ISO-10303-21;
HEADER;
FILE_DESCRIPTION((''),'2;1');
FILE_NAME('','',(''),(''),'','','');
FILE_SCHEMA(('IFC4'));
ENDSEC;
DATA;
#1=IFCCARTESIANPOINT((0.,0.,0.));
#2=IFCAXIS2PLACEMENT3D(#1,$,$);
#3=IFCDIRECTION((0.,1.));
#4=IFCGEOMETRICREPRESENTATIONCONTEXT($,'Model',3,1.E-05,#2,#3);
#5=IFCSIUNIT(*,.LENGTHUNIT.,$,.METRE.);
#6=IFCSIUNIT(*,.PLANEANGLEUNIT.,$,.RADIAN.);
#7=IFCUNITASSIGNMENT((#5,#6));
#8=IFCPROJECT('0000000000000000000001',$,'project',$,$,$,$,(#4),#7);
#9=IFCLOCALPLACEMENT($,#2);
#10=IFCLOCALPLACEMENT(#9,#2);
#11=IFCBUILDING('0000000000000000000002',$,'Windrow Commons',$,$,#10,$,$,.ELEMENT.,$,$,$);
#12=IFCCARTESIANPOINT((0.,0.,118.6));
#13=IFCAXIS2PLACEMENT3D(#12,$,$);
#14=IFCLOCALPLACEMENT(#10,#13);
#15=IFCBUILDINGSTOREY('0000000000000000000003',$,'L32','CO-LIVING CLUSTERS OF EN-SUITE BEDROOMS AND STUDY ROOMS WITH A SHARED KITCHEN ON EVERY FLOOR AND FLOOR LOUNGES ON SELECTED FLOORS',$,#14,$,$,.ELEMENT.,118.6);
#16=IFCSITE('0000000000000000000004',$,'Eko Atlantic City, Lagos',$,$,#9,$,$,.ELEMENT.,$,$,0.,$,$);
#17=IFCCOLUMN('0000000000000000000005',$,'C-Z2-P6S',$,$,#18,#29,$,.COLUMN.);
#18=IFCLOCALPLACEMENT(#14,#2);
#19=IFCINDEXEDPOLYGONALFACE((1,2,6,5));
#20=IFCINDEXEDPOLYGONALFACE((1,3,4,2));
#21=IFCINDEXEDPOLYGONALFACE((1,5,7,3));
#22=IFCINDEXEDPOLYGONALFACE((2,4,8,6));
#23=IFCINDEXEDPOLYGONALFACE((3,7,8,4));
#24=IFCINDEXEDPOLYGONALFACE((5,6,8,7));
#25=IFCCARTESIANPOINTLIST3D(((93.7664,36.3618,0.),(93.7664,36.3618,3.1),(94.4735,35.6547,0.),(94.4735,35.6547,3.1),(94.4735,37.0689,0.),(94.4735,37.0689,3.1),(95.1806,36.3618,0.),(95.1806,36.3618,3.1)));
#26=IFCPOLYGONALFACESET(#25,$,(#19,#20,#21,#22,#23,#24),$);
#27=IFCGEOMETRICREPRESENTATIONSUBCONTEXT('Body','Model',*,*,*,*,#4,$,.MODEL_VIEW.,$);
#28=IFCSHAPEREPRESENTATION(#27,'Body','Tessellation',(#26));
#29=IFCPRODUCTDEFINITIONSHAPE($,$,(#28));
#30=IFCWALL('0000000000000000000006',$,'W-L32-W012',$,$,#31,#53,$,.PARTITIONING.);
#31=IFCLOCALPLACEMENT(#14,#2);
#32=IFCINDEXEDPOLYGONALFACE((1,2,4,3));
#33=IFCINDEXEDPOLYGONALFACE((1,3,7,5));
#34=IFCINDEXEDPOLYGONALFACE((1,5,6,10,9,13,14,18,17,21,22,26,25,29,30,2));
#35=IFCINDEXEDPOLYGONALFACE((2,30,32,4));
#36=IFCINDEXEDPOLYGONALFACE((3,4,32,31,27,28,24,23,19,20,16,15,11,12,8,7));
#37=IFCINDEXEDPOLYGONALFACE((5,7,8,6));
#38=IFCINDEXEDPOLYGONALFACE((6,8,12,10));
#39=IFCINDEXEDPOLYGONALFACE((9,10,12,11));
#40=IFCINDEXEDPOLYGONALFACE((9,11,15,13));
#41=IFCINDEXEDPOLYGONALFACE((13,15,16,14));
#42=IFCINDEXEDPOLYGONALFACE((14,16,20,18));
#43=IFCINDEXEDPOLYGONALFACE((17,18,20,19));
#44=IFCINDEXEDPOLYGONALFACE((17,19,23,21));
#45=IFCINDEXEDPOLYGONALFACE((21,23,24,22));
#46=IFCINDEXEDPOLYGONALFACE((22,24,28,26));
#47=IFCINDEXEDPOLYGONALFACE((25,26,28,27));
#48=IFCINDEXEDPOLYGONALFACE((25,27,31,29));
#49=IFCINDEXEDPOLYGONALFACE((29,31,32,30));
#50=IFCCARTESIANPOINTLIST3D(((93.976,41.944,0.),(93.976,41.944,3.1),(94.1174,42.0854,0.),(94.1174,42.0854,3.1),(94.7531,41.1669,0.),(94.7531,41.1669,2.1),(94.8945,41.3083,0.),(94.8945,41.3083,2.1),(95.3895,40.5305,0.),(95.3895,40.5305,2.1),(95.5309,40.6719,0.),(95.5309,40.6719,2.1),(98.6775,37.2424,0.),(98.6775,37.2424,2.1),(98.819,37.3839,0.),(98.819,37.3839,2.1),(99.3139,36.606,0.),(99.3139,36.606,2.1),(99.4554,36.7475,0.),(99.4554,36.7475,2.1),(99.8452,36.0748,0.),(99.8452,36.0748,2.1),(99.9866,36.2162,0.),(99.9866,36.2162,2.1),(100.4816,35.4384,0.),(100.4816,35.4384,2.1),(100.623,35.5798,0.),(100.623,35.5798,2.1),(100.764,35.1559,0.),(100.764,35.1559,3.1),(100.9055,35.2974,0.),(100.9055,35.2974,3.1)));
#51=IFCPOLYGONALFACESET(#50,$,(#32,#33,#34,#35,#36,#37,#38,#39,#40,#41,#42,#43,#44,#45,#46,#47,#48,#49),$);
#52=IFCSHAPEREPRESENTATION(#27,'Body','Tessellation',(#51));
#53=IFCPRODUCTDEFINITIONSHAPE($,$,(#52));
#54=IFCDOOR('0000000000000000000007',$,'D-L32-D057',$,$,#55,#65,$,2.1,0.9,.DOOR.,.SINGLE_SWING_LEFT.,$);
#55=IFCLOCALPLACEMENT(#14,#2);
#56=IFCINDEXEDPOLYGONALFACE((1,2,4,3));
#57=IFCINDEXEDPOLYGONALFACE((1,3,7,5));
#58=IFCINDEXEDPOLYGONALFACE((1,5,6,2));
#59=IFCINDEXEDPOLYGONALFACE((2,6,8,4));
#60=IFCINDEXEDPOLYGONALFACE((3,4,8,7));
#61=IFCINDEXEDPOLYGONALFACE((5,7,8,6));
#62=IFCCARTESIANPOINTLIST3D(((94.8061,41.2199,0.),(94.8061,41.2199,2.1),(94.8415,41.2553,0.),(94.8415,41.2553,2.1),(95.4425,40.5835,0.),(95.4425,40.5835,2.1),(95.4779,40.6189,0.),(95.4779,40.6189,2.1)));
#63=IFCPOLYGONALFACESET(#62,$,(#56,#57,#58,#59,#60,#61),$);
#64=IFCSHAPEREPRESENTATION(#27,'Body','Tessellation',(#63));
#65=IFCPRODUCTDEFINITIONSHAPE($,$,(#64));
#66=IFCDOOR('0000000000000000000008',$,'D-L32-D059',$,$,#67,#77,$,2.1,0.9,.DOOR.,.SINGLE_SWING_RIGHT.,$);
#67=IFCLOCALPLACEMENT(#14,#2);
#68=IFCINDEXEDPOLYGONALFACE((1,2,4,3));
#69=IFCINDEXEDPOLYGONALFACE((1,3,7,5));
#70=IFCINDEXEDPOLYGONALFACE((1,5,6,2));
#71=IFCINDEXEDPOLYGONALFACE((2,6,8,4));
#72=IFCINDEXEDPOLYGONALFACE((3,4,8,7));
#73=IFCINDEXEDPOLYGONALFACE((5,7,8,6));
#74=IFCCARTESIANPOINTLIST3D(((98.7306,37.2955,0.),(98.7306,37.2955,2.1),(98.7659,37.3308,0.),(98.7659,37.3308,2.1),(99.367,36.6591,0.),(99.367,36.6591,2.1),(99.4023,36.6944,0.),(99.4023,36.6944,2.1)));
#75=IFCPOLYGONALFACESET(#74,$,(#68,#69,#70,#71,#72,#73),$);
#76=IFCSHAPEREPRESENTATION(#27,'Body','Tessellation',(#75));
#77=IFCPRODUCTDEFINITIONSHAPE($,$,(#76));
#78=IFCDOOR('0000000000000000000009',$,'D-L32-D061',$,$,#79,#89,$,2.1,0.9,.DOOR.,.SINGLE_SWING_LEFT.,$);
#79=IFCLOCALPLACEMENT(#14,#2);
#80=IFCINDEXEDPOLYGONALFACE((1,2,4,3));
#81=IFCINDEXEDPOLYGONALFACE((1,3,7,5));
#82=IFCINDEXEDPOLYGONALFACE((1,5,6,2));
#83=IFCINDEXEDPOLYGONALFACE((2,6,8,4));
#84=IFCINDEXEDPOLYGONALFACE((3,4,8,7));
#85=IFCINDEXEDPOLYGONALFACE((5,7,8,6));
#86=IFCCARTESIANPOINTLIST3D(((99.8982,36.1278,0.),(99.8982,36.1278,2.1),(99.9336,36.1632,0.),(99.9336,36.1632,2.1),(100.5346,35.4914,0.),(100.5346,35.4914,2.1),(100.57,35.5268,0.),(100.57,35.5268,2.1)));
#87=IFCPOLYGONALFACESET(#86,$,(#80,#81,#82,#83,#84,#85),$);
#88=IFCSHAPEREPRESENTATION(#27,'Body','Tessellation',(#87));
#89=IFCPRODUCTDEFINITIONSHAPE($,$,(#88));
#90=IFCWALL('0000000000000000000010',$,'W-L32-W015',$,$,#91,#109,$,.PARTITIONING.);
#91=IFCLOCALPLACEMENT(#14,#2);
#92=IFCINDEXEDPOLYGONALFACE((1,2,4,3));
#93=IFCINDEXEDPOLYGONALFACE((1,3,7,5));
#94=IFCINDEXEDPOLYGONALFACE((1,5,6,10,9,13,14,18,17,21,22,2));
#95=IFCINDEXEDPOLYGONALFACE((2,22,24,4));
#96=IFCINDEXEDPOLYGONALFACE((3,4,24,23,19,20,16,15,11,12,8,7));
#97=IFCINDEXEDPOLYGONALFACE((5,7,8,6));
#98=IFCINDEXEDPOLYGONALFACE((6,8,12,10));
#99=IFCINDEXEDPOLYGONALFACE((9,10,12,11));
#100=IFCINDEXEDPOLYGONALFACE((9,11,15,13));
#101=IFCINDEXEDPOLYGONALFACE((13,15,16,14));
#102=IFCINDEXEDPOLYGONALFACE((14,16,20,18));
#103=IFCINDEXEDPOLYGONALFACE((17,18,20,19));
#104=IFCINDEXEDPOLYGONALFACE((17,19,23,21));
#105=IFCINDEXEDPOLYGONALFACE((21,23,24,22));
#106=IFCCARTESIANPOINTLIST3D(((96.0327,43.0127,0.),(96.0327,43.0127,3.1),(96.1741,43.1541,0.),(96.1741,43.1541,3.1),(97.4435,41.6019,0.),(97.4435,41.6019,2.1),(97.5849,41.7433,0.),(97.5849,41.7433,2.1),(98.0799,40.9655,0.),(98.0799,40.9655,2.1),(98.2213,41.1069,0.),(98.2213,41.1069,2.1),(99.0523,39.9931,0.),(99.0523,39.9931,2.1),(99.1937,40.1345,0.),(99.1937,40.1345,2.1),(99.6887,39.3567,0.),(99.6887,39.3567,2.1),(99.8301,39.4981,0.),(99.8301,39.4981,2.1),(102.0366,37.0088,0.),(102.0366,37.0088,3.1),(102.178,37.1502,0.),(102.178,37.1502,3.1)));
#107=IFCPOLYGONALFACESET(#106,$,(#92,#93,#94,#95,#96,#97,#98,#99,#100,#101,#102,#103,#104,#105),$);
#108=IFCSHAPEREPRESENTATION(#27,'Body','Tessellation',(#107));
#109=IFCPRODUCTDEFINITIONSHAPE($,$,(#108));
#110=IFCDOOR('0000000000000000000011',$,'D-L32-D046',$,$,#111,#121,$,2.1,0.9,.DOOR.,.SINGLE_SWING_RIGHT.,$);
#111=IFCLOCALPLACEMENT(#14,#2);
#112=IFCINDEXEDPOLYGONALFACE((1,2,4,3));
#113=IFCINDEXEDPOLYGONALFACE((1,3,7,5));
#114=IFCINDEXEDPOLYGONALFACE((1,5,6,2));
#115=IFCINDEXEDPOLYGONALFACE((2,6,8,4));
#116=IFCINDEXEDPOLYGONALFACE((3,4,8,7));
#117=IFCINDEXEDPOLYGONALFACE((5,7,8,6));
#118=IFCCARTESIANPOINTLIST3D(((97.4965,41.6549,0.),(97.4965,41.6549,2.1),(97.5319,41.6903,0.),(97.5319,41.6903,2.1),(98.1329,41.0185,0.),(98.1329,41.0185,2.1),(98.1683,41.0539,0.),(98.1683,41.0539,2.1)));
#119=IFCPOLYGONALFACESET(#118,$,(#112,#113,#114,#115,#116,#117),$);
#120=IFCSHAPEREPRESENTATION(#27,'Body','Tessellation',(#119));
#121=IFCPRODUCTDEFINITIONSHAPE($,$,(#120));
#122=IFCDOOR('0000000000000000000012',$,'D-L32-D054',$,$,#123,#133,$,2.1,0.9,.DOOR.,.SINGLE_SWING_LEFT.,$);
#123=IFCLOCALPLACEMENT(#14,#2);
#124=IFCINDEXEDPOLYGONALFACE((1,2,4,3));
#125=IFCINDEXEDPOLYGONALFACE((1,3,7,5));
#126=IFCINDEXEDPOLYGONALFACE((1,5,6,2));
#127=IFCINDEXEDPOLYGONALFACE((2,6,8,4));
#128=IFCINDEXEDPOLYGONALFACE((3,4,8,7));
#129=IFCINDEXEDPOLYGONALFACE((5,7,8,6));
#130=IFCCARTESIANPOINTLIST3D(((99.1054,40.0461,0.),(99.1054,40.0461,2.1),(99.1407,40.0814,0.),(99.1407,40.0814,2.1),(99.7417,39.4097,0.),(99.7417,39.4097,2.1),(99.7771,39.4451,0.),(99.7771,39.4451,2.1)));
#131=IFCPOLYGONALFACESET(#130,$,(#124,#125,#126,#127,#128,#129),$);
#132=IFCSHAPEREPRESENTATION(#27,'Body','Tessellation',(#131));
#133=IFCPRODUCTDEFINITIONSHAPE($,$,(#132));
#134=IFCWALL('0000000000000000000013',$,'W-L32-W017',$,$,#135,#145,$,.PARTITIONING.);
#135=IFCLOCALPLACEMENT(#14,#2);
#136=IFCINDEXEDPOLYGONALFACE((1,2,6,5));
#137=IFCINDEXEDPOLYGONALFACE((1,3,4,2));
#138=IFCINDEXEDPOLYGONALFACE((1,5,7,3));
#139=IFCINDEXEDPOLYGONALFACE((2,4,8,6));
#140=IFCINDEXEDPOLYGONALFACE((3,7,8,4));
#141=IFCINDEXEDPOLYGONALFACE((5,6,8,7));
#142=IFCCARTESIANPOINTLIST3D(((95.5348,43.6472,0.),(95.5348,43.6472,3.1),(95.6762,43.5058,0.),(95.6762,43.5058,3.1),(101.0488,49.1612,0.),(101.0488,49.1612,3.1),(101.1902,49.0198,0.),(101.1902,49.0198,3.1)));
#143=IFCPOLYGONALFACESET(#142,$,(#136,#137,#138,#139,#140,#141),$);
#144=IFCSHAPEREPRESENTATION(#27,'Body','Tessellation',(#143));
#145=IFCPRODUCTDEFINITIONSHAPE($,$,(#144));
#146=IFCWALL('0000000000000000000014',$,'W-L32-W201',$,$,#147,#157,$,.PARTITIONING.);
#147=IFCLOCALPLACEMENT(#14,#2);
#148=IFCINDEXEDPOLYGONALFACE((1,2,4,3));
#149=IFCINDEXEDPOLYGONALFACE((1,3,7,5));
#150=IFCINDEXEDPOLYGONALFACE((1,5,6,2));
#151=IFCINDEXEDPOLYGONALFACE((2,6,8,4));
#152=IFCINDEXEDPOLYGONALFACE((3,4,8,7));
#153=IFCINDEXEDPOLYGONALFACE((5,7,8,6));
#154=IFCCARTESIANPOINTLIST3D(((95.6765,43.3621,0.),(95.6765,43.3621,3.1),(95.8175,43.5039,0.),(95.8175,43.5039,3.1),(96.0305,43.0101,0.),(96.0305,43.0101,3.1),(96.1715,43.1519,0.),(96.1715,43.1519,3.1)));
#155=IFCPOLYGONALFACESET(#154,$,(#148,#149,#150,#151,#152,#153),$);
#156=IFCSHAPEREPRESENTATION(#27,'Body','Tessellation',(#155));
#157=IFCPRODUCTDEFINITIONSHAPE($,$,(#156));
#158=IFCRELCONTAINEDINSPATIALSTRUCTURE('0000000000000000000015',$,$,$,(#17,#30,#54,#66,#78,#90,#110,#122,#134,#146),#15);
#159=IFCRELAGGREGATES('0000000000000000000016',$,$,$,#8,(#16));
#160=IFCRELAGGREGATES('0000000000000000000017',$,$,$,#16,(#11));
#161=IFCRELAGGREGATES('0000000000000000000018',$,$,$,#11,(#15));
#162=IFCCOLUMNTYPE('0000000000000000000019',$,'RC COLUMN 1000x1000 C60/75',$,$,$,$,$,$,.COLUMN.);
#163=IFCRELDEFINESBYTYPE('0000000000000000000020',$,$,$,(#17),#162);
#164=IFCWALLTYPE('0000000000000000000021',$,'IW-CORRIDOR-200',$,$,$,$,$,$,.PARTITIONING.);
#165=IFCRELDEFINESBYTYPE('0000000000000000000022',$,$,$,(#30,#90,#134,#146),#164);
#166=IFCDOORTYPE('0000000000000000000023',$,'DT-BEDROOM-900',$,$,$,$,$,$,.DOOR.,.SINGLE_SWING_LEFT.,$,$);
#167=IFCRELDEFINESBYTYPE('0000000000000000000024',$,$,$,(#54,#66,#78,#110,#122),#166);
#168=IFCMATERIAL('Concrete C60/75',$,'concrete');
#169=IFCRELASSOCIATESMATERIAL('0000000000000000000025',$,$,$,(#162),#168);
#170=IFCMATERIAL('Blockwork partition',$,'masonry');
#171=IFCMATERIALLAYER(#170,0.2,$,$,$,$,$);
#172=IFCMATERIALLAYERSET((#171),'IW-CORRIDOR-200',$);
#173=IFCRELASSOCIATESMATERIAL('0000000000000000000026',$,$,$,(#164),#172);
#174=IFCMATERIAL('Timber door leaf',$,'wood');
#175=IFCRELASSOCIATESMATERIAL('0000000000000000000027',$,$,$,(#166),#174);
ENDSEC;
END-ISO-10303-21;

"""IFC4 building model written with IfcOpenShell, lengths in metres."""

from ifc_helpers import new_model, si_unit, direction, frame, frame_2d, origin, origin_2d, place, context, subcontext, project, spatial, rectangle, extrude, material, layer, layer_set, material_profile, profile_set, type_object, element, fill, save


model = new_model("IFC4")

# Units and contexts
model_context = context("Model", 3, precision=1e-05, world=origin(), true_north=direction((0.0, 1.0)))
body_context = subcontext(model_context, "Body", "Model", "MODEL_VIEW")
ifc_project = project(units=[si_unit("LENGTHUNIT", "METRE"), si_unit("PLANEANGLEUNIT", "RADIAN")], contexts=[model_context])

# Site, building, storey
site_placement = place(None, origin())
site = spatial("IfcSite", under=ifc_project, at=site_placement, Name="Eko Atlantic City, Lagos", CompositionType="ELEMENT", RefElevation=0.0)
building_placement = place(site_placement, origin())
building = spatial("IfcBuilding", under=site, at=building_placement, Name="Windrow Commons", CompositionType="ELEMENT")
storey_placement = place(building_placement, frame((0.0, 0.0, 118.6)))
storey = spatial("IfcBuildingStorey", under=building, at=storey_placement, Name="L32", Description="CO-LIVING CLUSTERS OF EN-SUITE BEDROOMS AND STUDY ROOMS WITH A SHARED KITCHEN ON EVERY FLOOR AND FLOOR LOUNGES ON SELECTED FLOORS", CompositionType="ELEMENT", Elevation=118.6)

# Column
ifc_material_1 = material(Name="Concrete C60/75", Category="concrete")
ifc_material_profile = material_profile(ifc_material_1, rectangle(XDim=1.0, YDim=1.0, at=origin_2d()))
ifc_profile_set = profile_set([ifc_material_profile], Name="Concrete C60/75")
column_type = type_object("IfcColumnType", Name="RC COLUMN 1000x1000 C60/75", PredefinedType="COLUMN", material=ifc_profile_set)
column_placement = place(storey_placement, frame((94.4735, 36.3618, 0.0), z_axis=(0.0, 0.0, 1.0), x_axis=(0.707107, -0.707107, 0.0)))
element("IfcColumn", 1, at=column_placement, inside=storey, type_object=column_type, Name="C-Z2-P6S", PredefinedType="COLUMN", context=body_context, shape_type="SweptSolid", body=[
    extrude(rectangle(XDim=1.0, YDim=1.0, at=origin_2d()), origin(), (0.0, 0.0, 1.0), 3.1),
])

# Walls, openings, doors
ifc_material_2 = material(Name="Blockwork partition", Category="masonry")
ifc_layer_1 = layer(ifc_material_2, 0.2)
ifc_layer_set_1 = layer_set([ifc_layer_1], Name="IW-CORRIDOR-200")
wall_type_1 = type_object("IfcWallType", Name="IW-CORRIDOR-200", PredefinedType="PARTITIONING", material=ifc_layer_set_1)
wall_1_placement = place(storey_placement, frame((94.0467, 42.0147, 0.0), z_axis=(0.0, 0.0, 1.0), x_axis=(0.707107, -0.707107, 0.0)))
wall_1 = element("IfcWall", 2, at=wall_1_placement, inside=storey, type_object=wall_type_1, Name="W-L32-W012", PredefinedType="PARTITIONING", context=body_context, shape_type="SweptSolid", body=[
    extrude(rectangle(XDim=9.5997, YDim=0.2, at=frame_2d((4.7999, 0.0))), origin(), (0.0, 0.0, 1.0), 3.1),
])
opening_1_placement = place(wall_1_placement, frame((1.099, 0.0, 0.0)))
opening_1 = element("IfcOpeningElement", 3, at=opening_1_placement, cuts=wall_1, PredefinedType="OPENING", context=body_context, shape_type="SweptSolid", body=[
    extrude(rectangle(XDim=0.9, YDim=2.1, at=frame_2d((0.45, 1.05))), frame((0.0, 0.11, 0.0), z_axis=(0.0, -1.0, 0.0), x_axis=(1.0, 0.0, 0.0)), (0.0, 0.0, 1.0), 0.22),
])
opening_2_placement = place(wall_1_placement, frame((6.649, 0.0, 0.0)))
opening_2 = element("IfcOpeningElement", 4, at=opening_2_placement, cuts=wall_1, PredefinedType="OPENING", context=body_context, shape_type="SweptSolid", body=[
    extrude(rectangle(XDim=0.9, YDim=2.1, at=frame_2d((0.45, 1.05))), frame((0.0, 0.11, 0.0), z_axis=(0.0, -1.0, 0.0), x_axis=(1.0, 0.0, 0.0)), (0.0, 0.0, 1.0), 0.22),
])
opening_3_placement = place(wall_1_placement, frame((8.3003, 0.0, 0.0)))
opening_3 = element("IfcOpeningElement", 5, at=opening_3_placement, cuts=wall_1, PredefinedType="OPENING", context=body_context, shape_type="SweptSolid", body=[
    extrude(rectangle(XDim=0.9, YDim=2.1, at=frame_2d((0.45, 1.05))), frame((0.0, 0.11, 0.0), z_axis=(0.0, -1.0, 0.0), x_axis=(1.0, 0.0, 0.0)), (0.0, 0.0, 1.0), 0.22),
])
ifc_material_3 = material(Name="Timber door leaf", Category="wood")
door_type_1 = type_object("IfcDoorType", Name="DT-BEDROOM-900", OperationType="SINGLE_SWING_LEFT", PredefinedType="DOOR", material=ifc_material_3)
door_1_placement = place(opening_1_placement, origin())
door_1 = element("IfcDoor", 6, at=door_1_placement, inside=storey, type_object=door_type_1, Name="D-L32-D057", OperationType="SINGLE_SWING_LEFT", OverallHeight=2.1, OverallWidth=0.9, PredefinedType="DOOR", context=body_context, shape_type="SweptSolid", body=[
    extrude(rectangle(XDim=0.9, YDim=2.1, at=frame_2d((0.45, 1.05))), frame((0.0, 0.025, 0.0), z_axis=(0.0, -1.0, 0.0), x_axis=(1.0, 0.0, 0.0)), (0.0, 0.0, 1.0), 0.05),
])
fill(opening_1, door_1)
door_2_placement = place(opening_2_placement, origin())
door_2 = element("IfcDoor", 7, at=door_2_placement, inside=storey, type_object=door_type_1, Name="D-L32-D059", OperationType="SINGLE_SWING_RIGHT", OverallHeight=2.1, OverallWidth=0.9, PredefinedType="DOOR", context=body_context, shape_type="SweptSolid", body=[
    extrude(rectangle(XDim=0.9, YDim=2.1, at=frame_2d((0.45, 1.05))), frame((0.0, 0.025, 0.0), z_axis=(0.0, -1.0, 0.0), x_axis=(1.0, 0.0, 0.0)), (0.0, 0.0, 1.0), 0.05),
])
fill(opening_2, door_2)
door_3_placement = place(opening_3_placement, origin())
door_3 = element("IfcDoor", 8, at=door_3_placement, inside=storey, type_object=door_type_1, Name="D-L32-D061", OperationType="SINGLE_SWING_LEFT", OverallHeight=2.1, OverallWidth=0.9, PredefinedType="DOOR", context=body_context, shape_type="SweptSolid", body=[
    extrude(rectangle(XDim=0.9, YDim=2.1, at=frame_2d((0.45, 1.05))), frame((0.0, 0.025, 0.0), z_axis=(0.0, -1.0, 0.0), x_axis=(1.0, 0.0, 0.0)), (0.0, 0.0, 1.0), 0.05),
])
fill(opening_3, door_3)
wall_2_placement = place(storey_placement, frame((96.1034, 43.0834, 0.0), z_axis=(0.0, 0.0, 1.0), x_axis=(0.707107, -0.707107, 0.0)))
wall_2 = element("IfcWall", 9, at=wall_2_placement, inside=storey, type_object=wall_type_1, Name="W-L32-W015", PredefinedType="PARTITIONING", context=body_context, shape_type="SweptSolid", body=[
    extrude(rectangle(XDim=8.4909, YDim=0.2, at=frame_2d((4.2454, 0.0))), origin(), (0.0, 0.0, 1.0), 3.1),
])
opening_4_placement = place(wall_2_placement, frame((1.9952, 0.0, 0.0)))
opening_4 = element("IfcOpeningElement", 10, at=opening_4_placement, cuts=wall_2, PredefinedType="OPENING", context=body_context, shape_type="SweptSolid", body=[
    extrude(rectangle(XDim=0.9, YDim=2.1, at=frame_2d((0.45, 1.05))), frame((0.0, 0.11, 0.0), z_axis=(0.0, -1.0, 0.0), x_axis=(1.0, 0.0, 0.0)), (0.0, 0.0, 1.0), 0.22),
])
opening_5_placement = place(wall_2_placement, frame((4.2704, 0.0, 0.0)))
opening_5 = element("IfcOpeningElement", 11, at=opening_5_placement, cuts=wall_2, PredefinedType="OPENING", context=body_context, shape_type="SweptSolid", body=[
    extrude(rectangle(XDim=0.9, YDim=2.1, at=frame_2d((0.45, 1.05))), frame((0.0, 0.11, 0.0), z_axis=(0.0, -1.0, 0.0), x_axis=(1.0, 0.0, 0.0)), (0.0, 0.0, 1.0), 0.22),
])
door_4_placement = place(opening_4_placement, origin())
door_4 = element("IfcDoor", 12, at=door_4_placement, inside=storey, type_object=door_type_1, Name="D-L32-D046", OperationType="SINGLE_SWING_RIGHT", OverallHeight=2.1, OverallWidth=0.9, PredefinedType="DOOR", context=body_context, shape_type="SweptSolid", body=[
    extrude(rectangle(XDim=0.9, YDim=2.1, at=frame_2d((0.45, 1.05))), frame((0.0, 0.025, 0.0), z_axis=(0.0, -1.0, 0.0), x_axis=(1.0, 0.0, 0.0)), (0.0, 0.0, 1.0), 0.05),
])
fill(opening_4, door_4)
door_5_placement = place(opening_5_placement, origin())
door_5 = element("IfcDoor", 13, at=door_5_placement, inside=storey, type_object=door_type_1, Name="D-L32-D054", OperationType="SINGLE_SWING_LEFT", OverallHeight=2.1, OverallWidth=0.9, PredefinedType="DOOR", context=body_context, shape_type="SweptSolid", body=[
    extrude(rectangle(XDim=0.9, YDim=2.1, at=frame_2d((0.45, 1.05))), frame((0.0, 0.025, 0.0), z_axis=(0.0, -1.0, 0.0), x_axis=(1.0, 0.0, 0.0)), (0.0, 0.0, 1.0), 0.05),
])
fill(opening_5, door_5)

# Walls
wall_3_placement = place(storey_placement, frame((95.6055, 43.5765, 0.0), z_axis=(0.0, 0.0, 1.0), x_axis=(0.707107, 0.707107, 0.0)))
element("IfcWall", 14, at=wall_3_placement, inside=storey, type_object=wall_type_1, Name="W-L32-W017", PredefinedType="PARTITIONING", context=body_context, shape_type="SweptSolid", body=[
    extrude(rectangle(XDim=7.798, YDim=0.2, at=frame_2d((3.899, 0.0))), origin(), (0.0, 0.0, 1.0), 3.1),
])
wall_4_placement = place(storey_placement, frame((95.747, 43.433, 0.0), z_axis=(0.0, 0.0, 1.0), x_axis=(0.709107, -0.705101, 0.0)))
element("IfcWall", 15, at=wall_4_placement, inside=storey, type_object=wall_type_1, Name="W-L32-W201", PredefinedType="PARTITIONING", context=body_context, shape_type="SweptSolid", body=[
    extrude(rectangle(XDim=0.4992, YDim=0.2, at=frame_2d((0.2496, 0.0))), origin(), (0.0, 0.0, 1.0), 3.1),
])

save(model, "model.ifc")
